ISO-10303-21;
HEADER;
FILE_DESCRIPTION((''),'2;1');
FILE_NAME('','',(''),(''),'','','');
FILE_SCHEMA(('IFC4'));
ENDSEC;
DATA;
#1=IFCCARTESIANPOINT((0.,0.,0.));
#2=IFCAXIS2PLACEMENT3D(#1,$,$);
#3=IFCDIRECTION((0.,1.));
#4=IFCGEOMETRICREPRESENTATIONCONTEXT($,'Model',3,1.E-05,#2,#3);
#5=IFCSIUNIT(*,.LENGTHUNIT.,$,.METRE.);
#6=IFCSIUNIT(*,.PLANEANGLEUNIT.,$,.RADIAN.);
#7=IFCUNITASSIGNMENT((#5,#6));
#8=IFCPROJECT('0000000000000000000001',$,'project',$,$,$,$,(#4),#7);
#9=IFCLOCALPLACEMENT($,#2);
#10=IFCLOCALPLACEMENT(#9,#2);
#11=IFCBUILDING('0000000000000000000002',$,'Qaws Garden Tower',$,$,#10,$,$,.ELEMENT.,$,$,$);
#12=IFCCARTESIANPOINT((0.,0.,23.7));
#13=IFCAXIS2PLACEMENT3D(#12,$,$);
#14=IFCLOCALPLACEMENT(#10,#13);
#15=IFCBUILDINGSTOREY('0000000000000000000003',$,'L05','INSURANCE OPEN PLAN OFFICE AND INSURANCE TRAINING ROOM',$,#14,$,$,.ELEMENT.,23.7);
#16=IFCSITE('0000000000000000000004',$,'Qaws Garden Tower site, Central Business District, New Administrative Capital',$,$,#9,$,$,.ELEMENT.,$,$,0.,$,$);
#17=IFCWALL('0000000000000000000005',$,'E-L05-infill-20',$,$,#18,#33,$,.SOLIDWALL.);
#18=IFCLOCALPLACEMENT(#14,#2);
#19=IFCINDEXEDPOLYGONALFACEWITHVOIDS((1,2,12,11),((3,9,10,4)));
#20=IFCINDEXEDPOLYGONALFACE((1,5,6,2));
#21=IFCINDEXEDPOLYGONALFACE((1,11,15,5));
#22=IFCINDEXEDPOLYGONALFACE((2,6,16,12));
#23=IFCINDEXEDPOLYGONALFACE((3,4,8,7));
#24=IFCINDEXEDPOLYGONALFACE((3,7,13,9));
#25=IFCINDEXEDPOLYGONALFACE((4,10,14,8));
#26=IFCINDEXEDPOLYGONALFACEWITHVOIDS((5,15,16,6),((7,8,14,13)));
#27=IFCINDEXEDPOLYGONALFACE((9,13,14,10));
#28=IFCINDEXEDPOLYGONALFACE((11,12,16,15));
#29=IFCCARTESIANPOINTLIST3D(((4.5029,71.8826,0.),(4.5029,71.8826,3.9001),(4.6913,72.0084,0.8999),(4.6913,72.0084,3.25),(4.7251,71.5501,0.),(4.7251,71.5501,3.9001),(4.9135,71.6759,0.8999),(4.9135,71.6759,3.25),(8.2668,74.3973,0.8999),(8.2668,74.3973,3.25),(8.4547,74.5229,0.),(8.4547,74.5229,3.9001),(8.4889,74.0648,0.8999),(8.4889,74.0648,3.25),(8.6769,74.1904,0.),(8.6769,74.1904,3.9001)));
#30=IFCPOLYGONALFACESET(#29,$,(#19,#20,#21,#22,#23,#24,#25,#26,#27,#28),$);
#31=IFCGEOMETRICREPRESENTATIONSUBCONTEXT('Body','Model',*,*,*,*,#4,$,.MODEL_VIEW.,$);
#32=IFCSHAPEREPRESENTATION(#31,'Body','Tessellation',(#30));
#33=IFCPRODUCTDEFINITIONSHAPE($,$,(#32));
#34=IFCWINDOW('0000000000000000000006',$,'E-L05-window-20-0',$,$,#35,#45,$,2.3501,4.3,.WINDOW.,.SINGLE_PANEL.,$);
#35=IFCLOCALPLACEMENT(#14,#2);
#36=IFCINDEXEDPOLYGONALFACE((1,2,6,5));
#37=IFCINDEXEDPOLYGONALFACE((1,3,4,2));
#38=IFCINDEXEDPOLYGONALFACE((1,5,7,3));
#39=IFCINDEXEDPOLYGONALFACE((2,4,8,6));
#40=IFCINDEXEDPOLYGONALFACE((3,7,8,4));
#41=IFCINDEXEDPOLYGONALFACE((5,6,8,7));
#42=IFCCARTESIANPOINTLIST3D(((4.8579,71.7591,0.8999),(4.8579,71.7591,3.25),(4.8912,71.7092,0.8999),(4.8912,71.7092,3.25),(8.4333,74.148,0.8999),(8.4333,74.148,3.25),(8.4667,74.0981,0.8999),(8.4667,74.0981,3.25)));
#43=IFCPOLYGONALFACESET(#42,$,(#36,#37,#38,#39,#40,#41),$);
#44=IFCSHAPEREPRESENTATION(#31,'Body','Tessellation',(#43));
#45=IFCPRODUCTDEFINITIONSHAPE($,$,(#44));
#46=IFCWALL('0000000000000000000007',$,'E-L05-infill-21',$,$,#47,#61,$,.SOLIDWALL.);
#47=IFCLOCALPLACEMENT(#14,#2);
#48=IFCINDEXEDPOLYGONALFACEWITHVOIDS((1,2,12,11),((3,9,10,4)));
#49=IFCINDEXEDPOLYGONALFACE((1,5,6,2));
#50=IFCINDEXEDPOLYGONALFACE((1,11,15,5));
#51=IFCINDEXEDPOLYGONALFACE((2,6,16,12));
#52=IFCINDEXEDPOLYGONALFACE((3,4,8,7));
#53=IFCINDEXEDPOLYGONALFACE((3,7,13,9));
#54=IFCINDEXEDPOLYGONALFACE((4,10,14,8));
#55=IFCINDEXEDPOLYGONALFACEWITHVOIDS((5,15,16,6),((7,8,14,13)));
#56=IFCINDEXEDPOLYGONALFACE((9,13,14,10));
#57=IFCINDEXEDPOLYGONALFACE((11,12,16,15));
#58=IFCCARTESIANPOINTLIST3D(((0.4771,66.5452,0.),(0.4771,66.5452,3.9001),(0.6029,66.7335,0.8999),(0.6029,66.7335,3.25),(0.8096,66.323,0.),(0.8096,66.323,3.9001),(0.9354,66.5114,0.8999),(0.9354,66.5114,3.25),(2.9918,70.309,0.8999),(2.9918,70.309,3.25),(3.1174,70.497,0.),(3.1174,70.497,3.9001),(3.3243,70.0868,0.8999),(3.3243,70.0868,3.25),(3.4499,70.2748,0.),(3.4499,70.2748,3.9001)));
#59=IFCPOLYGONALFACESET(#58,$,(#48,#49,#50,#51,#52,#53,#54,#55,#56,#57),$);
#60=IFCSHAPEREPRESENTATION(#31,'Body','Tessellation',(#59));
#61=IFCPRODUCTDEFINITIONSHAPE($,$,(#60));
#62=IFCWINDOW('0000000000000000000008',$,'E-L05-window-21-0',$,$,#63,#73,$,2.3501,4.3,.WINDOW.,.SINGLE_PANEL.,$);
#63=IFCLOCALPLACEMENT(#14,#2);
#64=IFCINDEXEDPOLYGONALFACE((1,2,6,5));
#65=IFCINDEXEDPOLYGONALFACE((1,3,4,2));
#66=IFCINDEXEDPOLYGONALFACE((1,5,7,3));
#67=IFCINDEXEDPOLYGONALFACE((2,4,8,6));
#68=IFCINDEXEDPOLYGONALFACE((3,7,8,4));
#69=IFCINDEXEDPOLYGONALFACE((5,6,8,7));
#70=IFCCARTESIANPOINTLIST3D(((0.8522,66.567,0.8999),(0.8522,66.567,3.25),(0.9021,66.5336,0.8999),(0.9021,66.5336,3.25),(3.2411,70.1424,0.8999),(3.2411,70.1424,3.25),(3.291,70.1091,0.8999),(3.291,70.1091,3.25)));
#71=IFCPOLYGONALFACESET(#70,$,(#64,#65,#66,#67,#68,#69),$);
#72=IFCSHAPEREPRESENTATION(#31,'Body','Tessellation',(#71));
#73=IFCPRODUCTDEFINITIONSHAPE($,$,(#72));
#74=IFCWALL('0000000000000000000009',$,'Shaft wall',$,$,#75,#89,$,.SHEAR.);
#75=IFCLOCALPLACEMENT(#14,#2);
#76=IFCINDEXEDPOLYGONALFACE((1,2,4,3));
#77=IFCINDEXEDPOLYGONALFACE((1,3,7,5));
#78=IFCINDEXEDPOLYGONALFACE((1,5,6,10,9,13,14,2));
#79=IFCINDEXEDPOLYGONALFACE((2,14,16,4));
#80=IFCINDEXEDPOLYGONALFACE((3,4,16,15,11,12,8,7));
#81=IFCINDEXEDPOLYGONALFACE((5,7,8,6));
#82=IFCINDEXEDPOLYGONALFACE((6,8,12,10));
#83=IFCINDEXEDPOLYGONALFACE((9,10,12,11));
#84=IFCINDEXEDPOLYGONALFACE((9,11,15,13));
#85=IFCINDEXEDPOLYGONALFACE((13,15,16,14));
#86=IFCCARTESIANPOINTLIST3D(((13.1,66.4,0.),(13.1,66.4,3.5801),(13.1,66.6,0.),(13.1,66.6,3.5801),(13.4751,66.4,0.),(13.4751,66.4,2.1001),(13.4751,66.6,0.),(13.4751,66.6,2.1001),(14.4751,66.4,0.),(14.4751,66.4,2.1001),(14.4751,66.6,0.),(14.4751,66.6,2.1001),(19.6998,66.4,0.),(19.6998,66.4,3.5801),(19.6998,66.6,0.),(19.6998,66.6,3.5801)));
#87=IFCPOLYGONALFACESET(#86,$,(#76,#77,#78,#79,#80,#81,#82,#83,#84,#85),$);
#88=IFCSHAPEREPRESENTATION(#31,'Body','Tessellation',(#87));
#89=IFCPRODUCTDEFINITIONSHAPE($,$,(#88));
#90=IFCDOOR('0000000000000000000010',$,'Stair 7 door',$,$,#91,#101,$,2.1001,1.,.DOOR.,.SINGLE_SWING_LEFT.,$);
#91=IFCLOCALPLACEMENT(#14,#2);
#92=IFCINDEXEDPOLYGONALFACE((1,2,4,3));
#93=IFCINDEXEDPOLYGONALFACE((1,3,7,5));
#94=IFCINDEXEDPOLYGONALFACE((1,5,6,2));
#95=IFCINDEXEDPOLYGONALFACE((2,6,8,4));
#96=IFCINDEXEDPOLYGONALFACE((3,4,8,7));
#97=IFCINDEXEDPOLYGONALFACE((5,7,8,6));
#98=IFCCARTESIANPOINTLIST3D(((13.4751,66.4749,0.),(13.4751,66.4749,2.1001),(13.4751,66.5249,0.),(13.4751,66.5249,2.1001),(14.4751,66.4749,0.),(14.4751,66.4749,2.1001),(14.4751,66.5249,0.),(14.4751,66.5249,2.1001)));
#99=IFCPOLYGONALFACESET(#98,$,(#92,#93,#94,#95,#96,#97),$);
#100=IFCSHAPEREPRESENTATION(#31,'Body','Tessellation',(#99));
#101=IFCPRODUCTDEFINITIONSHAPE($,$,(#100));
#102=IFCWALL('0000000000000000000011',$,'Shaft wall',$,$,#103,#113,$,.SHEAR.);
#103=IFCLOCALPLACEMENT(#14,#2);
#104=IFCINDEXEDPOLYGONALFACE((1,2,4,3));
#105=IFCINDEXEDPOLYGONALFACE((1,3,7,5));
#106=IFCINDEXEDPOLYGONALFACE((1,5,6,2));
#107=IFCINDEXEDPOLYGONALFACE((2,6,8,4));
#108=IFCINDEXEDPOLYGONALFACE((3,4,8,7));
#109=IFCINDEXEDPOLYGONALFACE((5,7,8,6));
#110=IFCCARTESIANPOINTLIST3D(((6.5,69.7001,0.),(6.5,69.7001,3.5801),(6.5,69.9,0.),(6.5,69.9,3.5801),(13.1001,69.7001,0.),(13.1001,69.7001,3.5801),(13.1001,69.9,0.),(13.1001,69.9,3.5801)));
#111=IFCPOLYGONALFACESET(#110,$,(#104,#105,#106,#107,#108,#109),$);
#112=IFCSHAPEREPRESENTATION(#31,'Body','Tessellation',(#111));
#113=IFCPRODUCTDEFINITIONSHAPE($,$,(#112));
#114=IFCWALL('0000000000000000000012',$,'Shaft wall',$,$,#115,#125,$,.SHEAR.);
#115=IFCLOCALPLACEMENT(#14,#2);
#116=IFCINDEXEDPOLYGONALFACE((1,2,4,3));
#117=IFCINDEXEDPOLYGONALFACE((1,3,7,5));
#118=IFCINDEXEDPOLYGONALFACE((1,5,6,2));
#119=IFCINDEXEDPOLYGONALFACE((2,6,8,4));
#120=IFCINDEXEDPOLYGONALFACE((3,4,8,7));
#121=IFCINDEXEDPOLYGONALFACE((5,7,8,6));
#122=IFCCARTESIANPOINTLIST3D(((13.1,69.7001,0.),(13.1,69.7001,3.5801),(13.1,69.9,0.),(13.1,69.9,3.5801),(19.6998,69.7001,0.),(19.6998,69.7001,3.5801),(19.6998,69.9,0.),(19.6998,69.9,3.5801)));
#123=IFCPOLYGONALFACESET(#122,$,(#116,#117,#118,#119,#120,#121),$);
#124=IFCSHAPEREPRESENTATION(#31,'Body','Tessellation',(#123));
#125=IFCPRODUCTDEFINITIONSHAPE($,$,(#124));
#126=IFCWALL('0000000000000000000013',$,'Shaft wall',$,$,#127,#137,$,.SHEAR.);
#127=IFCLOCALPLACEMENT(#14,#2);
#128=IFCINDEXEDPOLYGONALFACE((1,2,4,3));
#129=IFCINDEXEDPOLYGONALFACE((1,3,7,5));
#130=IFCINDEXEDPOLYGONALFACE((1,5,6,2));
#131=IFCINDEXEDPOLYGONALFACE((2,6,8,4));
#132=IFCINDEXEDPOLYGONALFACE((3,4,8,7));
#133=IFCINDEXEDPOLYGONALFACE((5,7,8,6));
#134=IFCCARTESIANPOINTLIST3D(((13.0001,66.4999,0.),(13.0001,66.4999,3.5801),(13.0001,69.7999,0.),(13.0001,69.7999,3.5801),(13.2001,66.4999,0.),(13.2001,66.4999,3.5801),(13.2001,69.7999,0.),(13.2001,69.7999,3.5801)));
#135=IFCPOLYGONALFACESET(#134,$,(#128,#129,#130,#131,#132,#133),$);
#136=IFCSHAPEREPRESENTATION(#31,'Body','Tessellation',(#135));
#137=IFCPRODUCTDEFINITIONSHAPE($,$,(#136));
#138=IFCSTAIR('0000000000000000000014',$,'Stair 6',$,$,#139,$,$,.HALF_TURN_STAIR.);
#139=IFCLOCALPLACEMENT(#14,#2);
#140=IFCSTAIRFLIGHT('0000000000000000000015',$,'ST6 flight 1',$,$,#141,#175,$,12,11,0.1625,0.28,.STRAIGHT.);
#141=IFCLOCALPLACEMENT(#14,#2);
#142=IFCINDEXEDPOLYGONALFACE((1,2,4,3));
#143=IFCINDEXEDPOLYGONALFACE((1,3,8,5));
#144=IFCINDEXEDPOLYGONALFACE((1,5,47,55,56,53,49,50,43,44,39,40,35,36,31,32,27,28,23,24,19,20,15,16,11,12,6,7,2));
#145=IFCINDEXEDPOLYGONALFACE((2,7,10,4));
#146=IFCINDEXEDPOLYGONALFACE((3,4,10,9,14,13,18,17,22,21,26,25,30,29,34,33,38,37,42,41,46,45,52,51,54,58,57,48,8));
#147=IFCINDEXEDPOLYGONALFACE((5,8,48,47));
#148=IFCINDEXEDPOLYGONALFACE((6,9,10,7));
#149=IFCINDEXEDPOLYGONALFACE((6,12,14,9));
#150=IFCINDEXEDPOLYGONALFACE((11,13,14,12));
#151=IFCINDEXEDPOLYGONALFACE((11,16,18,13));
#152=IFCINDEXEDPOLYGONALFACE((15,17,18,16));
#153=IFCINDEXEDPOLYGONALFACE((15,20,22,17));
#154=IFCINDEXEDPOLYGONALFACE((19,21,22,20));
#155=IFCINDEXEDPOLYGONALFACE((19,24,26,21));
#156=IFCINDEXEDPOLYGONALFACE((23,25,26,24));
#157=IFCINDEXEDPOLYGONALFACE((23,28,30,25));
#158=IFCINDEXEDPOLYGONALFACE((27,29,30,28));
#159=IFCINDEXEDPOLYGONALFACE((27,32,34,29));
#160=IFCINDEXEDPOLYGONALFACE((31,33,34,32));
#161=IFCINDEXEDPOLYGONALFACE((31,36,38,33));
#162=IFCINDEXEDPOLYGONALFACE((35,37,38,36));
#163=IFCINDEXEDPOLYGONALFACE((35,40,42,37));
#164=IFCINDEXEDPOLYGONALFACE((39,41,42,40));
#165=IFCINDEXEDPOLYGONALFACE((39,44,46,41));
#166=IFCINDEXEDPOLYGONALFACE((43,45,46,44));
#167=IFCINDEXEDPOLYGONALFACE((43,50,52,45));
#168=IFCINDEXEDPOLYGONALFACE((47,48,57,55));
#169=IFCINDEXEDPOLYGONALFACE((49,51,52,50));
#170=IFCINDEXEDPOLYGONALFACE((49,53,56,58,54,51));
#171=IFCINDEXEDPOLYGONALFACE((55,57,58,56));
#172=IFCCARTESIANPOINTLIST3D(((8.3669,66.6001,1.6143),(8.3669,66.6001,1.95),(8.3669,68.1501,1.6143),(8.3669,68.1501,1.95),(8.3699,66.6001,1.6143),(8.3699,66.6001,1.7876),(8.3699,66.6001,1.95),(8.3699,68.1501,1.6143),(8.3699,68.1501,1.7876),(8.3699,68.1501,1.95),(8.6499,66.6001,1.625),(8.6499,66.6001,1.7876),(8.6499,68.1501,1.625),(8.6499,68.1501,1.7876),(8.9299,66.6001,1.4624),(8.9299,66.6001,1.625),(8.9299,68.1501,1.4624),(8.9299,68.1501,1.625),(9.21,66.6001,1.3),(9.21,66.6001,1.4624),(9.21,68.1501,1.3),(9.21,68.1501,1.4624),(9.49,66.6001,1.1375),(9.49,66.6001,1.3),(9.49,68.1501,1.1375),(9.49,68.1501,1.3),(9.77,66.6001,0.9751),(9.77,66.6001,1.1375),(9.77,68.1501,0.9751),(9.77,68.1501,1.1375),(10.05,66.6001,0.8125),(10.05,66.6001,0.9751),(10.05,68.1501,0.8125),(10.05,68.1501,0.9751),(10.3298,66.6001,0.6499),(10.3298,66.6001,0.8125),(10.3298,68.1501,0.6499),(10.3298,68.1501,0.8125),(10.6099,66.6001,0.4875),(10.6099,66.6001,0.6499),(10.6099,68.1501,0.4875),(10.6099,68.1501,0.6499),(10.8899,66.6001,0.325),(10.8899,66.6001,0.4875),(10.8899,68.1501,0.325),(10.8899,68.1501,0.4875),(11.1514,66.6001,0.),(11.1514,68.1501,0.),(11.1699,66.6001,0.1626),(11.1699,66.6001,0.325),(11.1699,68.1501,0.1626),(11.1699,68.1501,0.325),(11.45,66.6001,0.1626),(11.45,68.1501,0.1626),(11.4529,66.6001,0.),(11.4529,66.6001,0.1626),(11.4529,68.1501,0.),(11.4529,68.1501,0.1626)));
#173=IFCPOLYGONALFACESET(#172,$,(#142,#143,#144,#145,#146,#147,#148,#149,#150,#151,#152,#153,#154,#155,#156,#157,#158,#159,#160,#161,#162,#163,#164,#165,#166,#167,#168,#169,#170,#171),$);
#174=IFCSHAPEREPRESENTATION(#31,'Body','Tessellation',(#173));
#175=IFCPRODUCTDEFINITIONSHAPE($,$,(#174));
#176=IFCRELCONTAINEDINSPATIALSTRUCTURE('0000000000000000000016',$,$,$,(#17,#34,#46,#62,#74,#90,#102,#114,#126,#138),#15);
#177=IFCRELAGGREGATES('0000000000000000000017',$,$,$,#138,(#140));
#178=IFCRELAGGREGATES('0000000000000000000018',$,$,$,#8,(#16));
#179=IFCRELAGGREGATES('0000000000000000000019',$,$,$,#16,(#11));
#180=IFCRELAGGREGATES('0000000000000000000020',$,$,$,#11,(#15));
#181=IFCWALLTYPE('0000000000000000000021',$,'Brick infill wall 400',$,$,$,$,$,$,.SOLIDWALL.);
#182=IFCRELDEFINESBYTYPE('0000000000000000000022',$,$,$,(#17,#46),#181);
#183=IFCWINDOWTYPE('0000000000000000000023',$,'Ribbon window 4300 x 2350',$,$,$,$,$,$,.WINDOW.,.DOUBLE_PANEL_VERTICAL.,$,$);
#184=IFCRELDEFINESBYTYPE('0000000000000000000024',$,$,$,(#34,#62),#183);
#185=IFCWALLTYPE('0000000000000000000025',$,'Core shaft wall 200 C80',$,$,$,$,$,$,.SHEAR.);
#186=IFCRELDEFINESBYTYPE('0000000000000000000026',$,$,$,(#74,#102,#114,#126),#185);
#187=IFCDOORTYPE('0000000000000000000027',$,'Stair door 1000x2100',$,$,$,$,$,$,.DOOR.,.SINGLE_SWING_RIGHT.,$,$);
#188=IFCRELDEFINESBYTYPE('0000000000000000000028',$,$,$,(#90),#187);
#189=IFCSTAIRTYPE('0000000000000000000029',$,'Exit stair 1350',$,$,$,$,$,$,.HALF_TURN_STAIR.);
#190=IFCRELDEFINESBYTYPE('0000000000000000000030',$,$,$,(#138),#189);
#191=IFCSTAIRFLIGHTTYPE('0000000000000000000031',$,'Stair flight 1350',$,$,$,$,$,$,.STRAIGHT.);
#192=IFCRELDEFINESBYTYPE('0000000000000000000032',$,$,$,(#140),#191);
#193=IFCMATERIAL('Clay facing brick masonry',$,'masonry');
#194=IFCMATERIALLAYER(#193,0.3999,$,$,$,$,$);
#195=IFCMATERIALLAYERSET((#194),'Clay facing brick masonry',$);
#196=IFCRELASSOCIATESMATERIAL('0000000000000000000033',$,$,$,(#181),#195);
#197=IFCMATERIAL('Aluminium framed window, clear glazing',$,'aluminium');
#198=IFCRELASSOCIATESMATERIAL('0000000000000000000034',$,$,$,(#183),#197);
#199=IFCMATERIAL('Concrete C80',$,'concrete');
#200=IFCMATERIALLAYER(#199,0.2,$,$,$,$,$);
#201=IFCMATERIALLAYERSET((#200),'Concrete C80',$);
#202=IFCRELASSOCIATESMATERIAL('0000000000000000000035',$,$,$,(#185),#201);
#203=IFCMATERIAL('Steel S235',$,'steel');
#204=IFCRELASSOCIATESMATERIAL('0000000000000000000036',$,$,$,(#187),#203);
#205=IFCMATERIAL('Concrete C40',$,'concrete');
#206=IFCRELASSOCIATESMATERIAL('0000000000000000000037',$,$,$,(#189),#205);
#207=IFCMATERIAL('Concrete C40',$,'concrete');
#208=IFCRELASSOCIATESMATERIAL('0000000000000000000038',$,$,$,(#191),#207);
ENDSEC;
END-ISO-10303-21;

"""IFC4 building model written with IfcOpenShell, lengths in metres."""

from ifc_helpers import new_model, si_unit, direction, frame, frame_2d, origin, place, context, subcontext, project, spatial, polyline, rectangle, outline, extrude, material, layer, layer_set, type_object, element, fill, aggregate, save


model = new_model("IFC4")

# Units and contexts
model_context = context("Model", 3, precision=1e-05, world=origin(), true_north=direction((0.0, 1.0)))
body_context = subcontext(model_context, "Body", "Model", "MODEL_VIEW")
ifc_project = project(units=[si_unit("LENGTHUNIT", "METRE"), si_unit("PLANEANGLEUNIT", "RADIAN")], contexts=[model_context])

# Site, building, storey
site_placement = place(None, origin())
site = spatial("IfcSite", under=ifc_project, at=site_placement, Name="Qaws Garden Tower site, Central Business District, New Administrative Capital", CompositionType="ELEMENT", RefElevation=0.0)
building_placement = place(site_placement, origin())
building = spatial("IfcBuilding", under=site, at=building_placement, Name="Qaws Garden Tower", CompositionType="ELEMENT")
storey_placement = place(building_placement, frame((0.0, 0.0, 23.7)))
storey = spatial("IfcBuildingStorey", under=building, at=storey_placement, Name="L05", Description="INSURANCE OPEN PLAN OFFICE AND INSURANCE TRAINING ROOM", CompositionType="ELEMENT", Elevation=23.7)

# Walls, openings, windows
ifc_material_1 = material(Name="Clay facing brick masonry", Category="masonry")
ifc_layer_1 = layer(ifc_material_1, 0.3999)
ifc_layer_set_1 = layer_set([ifc_layer_1], Name="Clay facing brick masonry")
wall_type_1 = type_object("IfcWallType", Name="Brick infill wall 400", PredefinedType="SOLIDWALL", material=ifc_layer_set_1)
ifc_material_2 = material(Name="Aluminium framed window, clear glazing", Category="aluminium")
window_type = type_object("IfcWindowType", Name="Ribbon window 4300 x 2350", PartitioningType="DOUBLE_PANEL_VERTICAL", PredefinedType="WINDOW", material=ifc_material_2)
wall_1_placement = place(storey_placement, frame((8.5659, 74.3567, 0.0), z_axis=(0.0, 0.0, 1.0), x_axis=(-0.831489, -0.555542, 0.0)))
wall_1 = element("IfcWall", 1, at=wall_1_placement, inside=storey, type_object=wall_type_1, Name="E-L05-infill-20", PredefinedType="SOLIDWALL", context=body_context, shape_type="SweptSolid", body=[
    extrude(rectangle(XDim=4.7527, YDim=0.3999, at=frame_2d((2.3765, 0.0))), origin(), (0.0, 0.0, 1.0), 3.9001),
])
opening_1_placement = place(wall_1_placement, frame((0.2263, 0.0, 0.8999)))
opening_1 = element("IfcOpeningElement", 2, at=opening_1_placement, cuts=wall_1, PredefinedType="OPENING", context=body_context, shape_type="SweptSolid", body=[
    extrude(rectangle(XDim=4.3, YDim=2.3501, at=frame_2d((2.1499, 1.175))), frame((0.0, 0.21, 0.0), z_axis=(0.0, -1.0, 0.0), x_axis=(1.0, 0.0, 0.0)), (0.0, 0.0, 1.0), 0.4199),
])
window_1_placement = place(opening_1_placement, origin())
window_1 = element("IfcWindow", 3, at=window_1_placement, inside=storey, type_object=window_type, Name="E-L05-window-20-0", OverallHeight=2.3501, OverallWidth=4.3, PartitioningType="SINGLE_PANEL", PredefinedType="WINDOW", context=body_context, shape_type="SweptSolid", body=[
    extrude(rectangle(XDim=4.3, YDim=2.3501, at=frame_2d((2.1499, 1.175))), frame((0.0, 0.1599, 0.0), z_axis=(0.0, -1.0, 0.0), x_axis=(1.0, 0.0, 0.0)), (0.0, 0.0, 1.0), 0.0601),
])
fill(opening_1, window_1)
wall_2_placement = place(storey_placement, frame((3.2837, 70.386, 0.0), z_axis=(0.0, 0.0, 1.0), x_axis=(-0.555542, -0.831489, 0.0)))
wall_2 = element("IfcWall", 4, at=wall_2_placement, inside=storey, type_object=wall_type_1, Name="E-L05-infill-21", PredefinedType="SOLIDWALL", context=body_context, shape_type="SweptSolid", body=[
    extrude(rectangle(XDim=4.7527, YDim=0.3999, at=frame_2d((2.3765, 0.0))), origin(), (0.0, 0.0, 1.0), 3.9001),
])
opening_2_placement = place(wall_2_placement, frame((0.2263, 0.0, 0.8999)))
opening_2 = element("IfcOpeningElement", 5, at=opening_2_placement, cuts=wall_2, PredefinedType="OPENING", context=body_context, shape_type="SweptSolid", body=[
    extrude(rectangle(XDim=4.3, YDim=2.3501, at=frame_2d((2.1499, 1.175))), frame((0.0, 0.21, 0.0), z_axis=(0.0, -1.0, 0.0), x_axis=(1.0, 0.0, 0.0)), (0.0, 0.0, 1.0), 0.4199),
])
window_2_placement = place(opening_2_placement, origin())
window_2 = element("IfcWindow", 6, at=window_2_placement, inside=storey, type_object=window_type, Name="E-L05-window-21-0", OverallHeight=2.3501, OverallWidth=4.3, PartitioningType="SINGLE_PANEL", PredefinedType="WINDOW", context=body_context, shape_type="SweptSolid", body=[
    extrude(rectangle(XDim=4.3, YDim=2.3501, at=frame_2d((2.1499, 1.175))), frame((0.0, 0.1599, 0.0), z_axis=(0.0, -1.0, 0.0), x_axis=(1.0, 0.0, 0.0)), (0.0, 0.0, 1.0), 0.0601),
])
fill(opening_2, window_2)

# Wall, opening, door
ifc_material_3 = material(Name="Concrete C80", Category="concrete")
ifc_layer_2 = layer(ifc_material_3, 0.2)
ifc_layer_set_2 = layer_set([ifc_layer_2], Name="Concrete C80")
wall_type_2 = type_object("IfcWallType", Name="Core shaft wall 200 C80", PredefinedType="SHEAR", material=ifc_layer_set_2)
wall_3_placement = place(storey_placement, frame((13.1001, 66.5, 0.0), z_axis=(0.0, 0.0, 1.0), x_axis=(1.0, 0.0, 0.0)))
wall_3 = element("IfcWall", 7, at=wall_3_placement, inside=storey, type_object=wall_type_2, Name="Shaft wall", PredefinedType="SHEAR", context=body_context, shape_type="SweptSolid", body=[
    extrude(rectangle(XDim=6.5999, YDim=0.2, at=frame_2d((3.2998, 0.0))), origin(), (0.0, 0.0, 1.0), 3.5801),
])
opening_3_placement = place(wall_3_placement, frame((0.375, 0.0, 0.0)))
opening_3 = element("IfcOpeningElement", 8, at=opening_3_placement, cuts=wall_3, PredefinedType="OPENING", context=body_context, shape_type="SweptSolid", body=[
    extrude(rectangle(XDim=1.0, YDim=2.1001, at=frame_2d((0.5, 1.05))), frame((0.0, 0.1099, 0.0), z_axis=(0.0, -1.0, 0.0), x_axis=(1.0, 0.0, 0.0)), (0.0, 0.0, 1.0), 0.22),
])
ifc_material_4 = material(Name="Steel S235", Category="steel")
door_type = type_object("IfcDoorType", Name="Stair door 1000x2100", OperationType="SINGLE_SWING_RIGHT", PredefinedType="DOOR", material=ifc_material_4)
door_placement = place(opening_3_placement, origin())
door = element("IfcDoor", 9, at=door_placement, inside=storey, type_object=door_type, Name="Stair 7 door", OperationType="SINGLE_SWING_LEFT", OverallHeight=2.1001, OverallWidth=1.0, PredefinedType="DOOR", context=body_context, shape_type="SweptSolid", body=[
    extrude(rectangle(XDim=1.0, YDim=2.1001, at=frame_2d((0.5, 1.05))), frame((0.0, 0.0249, 0.0), z_axis=(0.0, -1.0, 0.0), x_axis=(1.0, 0.0, 0.0)), (0.0, 0.0, 1.0), 0.05),
])
fill(opening_3, door)

# Walls
wall_4_placement = place(storey_placement, frame((6.5, 69.8, 0.0), z_axis=(0.0, 0.0, 1.0), x_axis=(1.0, 0.0, 0.0)))
element("IfcWall", 10, at=wall_4_placement, inside=storey, type_object=wall_type_2, Name="Shaft wall", PredefinedType="SHEAR", context=body_context, shape_type="SweptSolid", body=[
    extrude(rectangle(XDim=6.6001, YDim=0.2, at=frame_2d((3.3, 0.0))), origin(), (0.0, 0.0, 1.0), 3.5801),
])
wall_5_placement = place(storey_placement, frame((13.1001, 69.8, 0.0), z_axis=(0.0, 0.0, 1.0), x_axis=(1.0, 0.0, 0.0)))
element("IfcWall", 11, at=wall_5_placement, inside=storey, type_object=wall_type_2, Name="Shaft wall", PredefinedType="SHEAR", context=body_context, shape_type="SweptSolid", body=[
    extrude(rectangle(XDim=6.5999, YDim=0.2, at=frame_2d((3.2998, 0.0))), origin(), (0.0, 0.0, 1.0), 3.5801),
])
wall_6_placement = place(storey_placement, frame((13.1001, 66.5, 0.0), z_axis=(0.0, 0.0, 1.0), x_axis=(0.0, 1.0, 0.0)))
element("IfcWall", 12, at=wall_6_placement, inside=storey, type_object=wall_type_2, Name="Shaft wall", PredefinedType="SHEAR", context=body_context, shape_type="SweptSolid", body=[
    extrude(rectangle(XDim=3.3, YDim=0.2, at=frame_2d((1.6499, 0.0))), origin(), (0.0, 0.0, 1.0), 3.5801),
])

# Stair, stair flight
ifc_material_5 = material(Name="Concrete C40", Category="concrete")
stair_type = type_object("IfcStairType", Name="Exit stair 1350", PredefinedType="HALF_TURN_STAIR", material=ifc_material_5)
placement = place(storey_placement, origin())
stair_1 = element("IfcStair", 13, at=placement, inside=storey, type_object=stair_type, Name="Stair 6", PredefinedType="HALF_TURN_STAIR")
ifc_material_6 = material(Name="Concrete C40", Category="concrete")
stair_flight_type = type_object("IfcStairFlightType", Name="Stair flight 1350", PredefinedType="STRAIGHT", material=ifc_material_6)
stair_flight_1_placement = place(storey_placement, frame((11.45, 67.375, 0.0), z_axis=(0.0, 0.0, 1.0), x_axis=(-1.0, 0.0, 0.0)))
stair_flight_1 = element("IfcStairFlight", 14, at=stair_flight_1_placement, type_object=stair_flight_type, Name="ST6 flight 1", NumberOfRisers=12, NumberOfTreads=11, PredefinedType="STRAIGHT", RiserHeight=0.1625, TreadLength=0.28, context=body_context, shape_type="SweptSolid", body=[
    extrude(outline(polyline([(-0.0029, 0.0), (-0.0029, 0.1626), (0.0, 0.1626), (0.28, 0.1626), (0.28, 0.325), (0.5601, 0.325), (0.5601, 0.4875), (0.8401, 0.4875), (0.8401, 0.6499), (1.1201, 0.6499), (1.1201, 0.8125), (1.3999, 0.8125), (1.3999, 0.9751), (1.6799, 0.9751), (1.6799, 1.1375), (1.96, 1.1375), (1.96, 1.3), (2.24, 1.3), (2.24, 1.4624), (2.52, 1.4624), (2.52, 1.625), (2.8, 1.625), (2.8, 1.7876), (3.0801, 1.7876), (3.0801, 1.95), (3.083, 1.95), (3.083, 1.6143), (3.0801, 1.6143), (0.2986, 0.0), (-0.0029, 0.0)])), frame((0.0, 0.7749, 0.0), z_axis=(0.0, -1.0, 0.0), x_axis=(1.0, 0.0, 0.0)), (0.0, 0.0, 1.0), 1.55),
])
aggregate(stair_1, [stair_flight_1])

save(model, "model.ifc")
